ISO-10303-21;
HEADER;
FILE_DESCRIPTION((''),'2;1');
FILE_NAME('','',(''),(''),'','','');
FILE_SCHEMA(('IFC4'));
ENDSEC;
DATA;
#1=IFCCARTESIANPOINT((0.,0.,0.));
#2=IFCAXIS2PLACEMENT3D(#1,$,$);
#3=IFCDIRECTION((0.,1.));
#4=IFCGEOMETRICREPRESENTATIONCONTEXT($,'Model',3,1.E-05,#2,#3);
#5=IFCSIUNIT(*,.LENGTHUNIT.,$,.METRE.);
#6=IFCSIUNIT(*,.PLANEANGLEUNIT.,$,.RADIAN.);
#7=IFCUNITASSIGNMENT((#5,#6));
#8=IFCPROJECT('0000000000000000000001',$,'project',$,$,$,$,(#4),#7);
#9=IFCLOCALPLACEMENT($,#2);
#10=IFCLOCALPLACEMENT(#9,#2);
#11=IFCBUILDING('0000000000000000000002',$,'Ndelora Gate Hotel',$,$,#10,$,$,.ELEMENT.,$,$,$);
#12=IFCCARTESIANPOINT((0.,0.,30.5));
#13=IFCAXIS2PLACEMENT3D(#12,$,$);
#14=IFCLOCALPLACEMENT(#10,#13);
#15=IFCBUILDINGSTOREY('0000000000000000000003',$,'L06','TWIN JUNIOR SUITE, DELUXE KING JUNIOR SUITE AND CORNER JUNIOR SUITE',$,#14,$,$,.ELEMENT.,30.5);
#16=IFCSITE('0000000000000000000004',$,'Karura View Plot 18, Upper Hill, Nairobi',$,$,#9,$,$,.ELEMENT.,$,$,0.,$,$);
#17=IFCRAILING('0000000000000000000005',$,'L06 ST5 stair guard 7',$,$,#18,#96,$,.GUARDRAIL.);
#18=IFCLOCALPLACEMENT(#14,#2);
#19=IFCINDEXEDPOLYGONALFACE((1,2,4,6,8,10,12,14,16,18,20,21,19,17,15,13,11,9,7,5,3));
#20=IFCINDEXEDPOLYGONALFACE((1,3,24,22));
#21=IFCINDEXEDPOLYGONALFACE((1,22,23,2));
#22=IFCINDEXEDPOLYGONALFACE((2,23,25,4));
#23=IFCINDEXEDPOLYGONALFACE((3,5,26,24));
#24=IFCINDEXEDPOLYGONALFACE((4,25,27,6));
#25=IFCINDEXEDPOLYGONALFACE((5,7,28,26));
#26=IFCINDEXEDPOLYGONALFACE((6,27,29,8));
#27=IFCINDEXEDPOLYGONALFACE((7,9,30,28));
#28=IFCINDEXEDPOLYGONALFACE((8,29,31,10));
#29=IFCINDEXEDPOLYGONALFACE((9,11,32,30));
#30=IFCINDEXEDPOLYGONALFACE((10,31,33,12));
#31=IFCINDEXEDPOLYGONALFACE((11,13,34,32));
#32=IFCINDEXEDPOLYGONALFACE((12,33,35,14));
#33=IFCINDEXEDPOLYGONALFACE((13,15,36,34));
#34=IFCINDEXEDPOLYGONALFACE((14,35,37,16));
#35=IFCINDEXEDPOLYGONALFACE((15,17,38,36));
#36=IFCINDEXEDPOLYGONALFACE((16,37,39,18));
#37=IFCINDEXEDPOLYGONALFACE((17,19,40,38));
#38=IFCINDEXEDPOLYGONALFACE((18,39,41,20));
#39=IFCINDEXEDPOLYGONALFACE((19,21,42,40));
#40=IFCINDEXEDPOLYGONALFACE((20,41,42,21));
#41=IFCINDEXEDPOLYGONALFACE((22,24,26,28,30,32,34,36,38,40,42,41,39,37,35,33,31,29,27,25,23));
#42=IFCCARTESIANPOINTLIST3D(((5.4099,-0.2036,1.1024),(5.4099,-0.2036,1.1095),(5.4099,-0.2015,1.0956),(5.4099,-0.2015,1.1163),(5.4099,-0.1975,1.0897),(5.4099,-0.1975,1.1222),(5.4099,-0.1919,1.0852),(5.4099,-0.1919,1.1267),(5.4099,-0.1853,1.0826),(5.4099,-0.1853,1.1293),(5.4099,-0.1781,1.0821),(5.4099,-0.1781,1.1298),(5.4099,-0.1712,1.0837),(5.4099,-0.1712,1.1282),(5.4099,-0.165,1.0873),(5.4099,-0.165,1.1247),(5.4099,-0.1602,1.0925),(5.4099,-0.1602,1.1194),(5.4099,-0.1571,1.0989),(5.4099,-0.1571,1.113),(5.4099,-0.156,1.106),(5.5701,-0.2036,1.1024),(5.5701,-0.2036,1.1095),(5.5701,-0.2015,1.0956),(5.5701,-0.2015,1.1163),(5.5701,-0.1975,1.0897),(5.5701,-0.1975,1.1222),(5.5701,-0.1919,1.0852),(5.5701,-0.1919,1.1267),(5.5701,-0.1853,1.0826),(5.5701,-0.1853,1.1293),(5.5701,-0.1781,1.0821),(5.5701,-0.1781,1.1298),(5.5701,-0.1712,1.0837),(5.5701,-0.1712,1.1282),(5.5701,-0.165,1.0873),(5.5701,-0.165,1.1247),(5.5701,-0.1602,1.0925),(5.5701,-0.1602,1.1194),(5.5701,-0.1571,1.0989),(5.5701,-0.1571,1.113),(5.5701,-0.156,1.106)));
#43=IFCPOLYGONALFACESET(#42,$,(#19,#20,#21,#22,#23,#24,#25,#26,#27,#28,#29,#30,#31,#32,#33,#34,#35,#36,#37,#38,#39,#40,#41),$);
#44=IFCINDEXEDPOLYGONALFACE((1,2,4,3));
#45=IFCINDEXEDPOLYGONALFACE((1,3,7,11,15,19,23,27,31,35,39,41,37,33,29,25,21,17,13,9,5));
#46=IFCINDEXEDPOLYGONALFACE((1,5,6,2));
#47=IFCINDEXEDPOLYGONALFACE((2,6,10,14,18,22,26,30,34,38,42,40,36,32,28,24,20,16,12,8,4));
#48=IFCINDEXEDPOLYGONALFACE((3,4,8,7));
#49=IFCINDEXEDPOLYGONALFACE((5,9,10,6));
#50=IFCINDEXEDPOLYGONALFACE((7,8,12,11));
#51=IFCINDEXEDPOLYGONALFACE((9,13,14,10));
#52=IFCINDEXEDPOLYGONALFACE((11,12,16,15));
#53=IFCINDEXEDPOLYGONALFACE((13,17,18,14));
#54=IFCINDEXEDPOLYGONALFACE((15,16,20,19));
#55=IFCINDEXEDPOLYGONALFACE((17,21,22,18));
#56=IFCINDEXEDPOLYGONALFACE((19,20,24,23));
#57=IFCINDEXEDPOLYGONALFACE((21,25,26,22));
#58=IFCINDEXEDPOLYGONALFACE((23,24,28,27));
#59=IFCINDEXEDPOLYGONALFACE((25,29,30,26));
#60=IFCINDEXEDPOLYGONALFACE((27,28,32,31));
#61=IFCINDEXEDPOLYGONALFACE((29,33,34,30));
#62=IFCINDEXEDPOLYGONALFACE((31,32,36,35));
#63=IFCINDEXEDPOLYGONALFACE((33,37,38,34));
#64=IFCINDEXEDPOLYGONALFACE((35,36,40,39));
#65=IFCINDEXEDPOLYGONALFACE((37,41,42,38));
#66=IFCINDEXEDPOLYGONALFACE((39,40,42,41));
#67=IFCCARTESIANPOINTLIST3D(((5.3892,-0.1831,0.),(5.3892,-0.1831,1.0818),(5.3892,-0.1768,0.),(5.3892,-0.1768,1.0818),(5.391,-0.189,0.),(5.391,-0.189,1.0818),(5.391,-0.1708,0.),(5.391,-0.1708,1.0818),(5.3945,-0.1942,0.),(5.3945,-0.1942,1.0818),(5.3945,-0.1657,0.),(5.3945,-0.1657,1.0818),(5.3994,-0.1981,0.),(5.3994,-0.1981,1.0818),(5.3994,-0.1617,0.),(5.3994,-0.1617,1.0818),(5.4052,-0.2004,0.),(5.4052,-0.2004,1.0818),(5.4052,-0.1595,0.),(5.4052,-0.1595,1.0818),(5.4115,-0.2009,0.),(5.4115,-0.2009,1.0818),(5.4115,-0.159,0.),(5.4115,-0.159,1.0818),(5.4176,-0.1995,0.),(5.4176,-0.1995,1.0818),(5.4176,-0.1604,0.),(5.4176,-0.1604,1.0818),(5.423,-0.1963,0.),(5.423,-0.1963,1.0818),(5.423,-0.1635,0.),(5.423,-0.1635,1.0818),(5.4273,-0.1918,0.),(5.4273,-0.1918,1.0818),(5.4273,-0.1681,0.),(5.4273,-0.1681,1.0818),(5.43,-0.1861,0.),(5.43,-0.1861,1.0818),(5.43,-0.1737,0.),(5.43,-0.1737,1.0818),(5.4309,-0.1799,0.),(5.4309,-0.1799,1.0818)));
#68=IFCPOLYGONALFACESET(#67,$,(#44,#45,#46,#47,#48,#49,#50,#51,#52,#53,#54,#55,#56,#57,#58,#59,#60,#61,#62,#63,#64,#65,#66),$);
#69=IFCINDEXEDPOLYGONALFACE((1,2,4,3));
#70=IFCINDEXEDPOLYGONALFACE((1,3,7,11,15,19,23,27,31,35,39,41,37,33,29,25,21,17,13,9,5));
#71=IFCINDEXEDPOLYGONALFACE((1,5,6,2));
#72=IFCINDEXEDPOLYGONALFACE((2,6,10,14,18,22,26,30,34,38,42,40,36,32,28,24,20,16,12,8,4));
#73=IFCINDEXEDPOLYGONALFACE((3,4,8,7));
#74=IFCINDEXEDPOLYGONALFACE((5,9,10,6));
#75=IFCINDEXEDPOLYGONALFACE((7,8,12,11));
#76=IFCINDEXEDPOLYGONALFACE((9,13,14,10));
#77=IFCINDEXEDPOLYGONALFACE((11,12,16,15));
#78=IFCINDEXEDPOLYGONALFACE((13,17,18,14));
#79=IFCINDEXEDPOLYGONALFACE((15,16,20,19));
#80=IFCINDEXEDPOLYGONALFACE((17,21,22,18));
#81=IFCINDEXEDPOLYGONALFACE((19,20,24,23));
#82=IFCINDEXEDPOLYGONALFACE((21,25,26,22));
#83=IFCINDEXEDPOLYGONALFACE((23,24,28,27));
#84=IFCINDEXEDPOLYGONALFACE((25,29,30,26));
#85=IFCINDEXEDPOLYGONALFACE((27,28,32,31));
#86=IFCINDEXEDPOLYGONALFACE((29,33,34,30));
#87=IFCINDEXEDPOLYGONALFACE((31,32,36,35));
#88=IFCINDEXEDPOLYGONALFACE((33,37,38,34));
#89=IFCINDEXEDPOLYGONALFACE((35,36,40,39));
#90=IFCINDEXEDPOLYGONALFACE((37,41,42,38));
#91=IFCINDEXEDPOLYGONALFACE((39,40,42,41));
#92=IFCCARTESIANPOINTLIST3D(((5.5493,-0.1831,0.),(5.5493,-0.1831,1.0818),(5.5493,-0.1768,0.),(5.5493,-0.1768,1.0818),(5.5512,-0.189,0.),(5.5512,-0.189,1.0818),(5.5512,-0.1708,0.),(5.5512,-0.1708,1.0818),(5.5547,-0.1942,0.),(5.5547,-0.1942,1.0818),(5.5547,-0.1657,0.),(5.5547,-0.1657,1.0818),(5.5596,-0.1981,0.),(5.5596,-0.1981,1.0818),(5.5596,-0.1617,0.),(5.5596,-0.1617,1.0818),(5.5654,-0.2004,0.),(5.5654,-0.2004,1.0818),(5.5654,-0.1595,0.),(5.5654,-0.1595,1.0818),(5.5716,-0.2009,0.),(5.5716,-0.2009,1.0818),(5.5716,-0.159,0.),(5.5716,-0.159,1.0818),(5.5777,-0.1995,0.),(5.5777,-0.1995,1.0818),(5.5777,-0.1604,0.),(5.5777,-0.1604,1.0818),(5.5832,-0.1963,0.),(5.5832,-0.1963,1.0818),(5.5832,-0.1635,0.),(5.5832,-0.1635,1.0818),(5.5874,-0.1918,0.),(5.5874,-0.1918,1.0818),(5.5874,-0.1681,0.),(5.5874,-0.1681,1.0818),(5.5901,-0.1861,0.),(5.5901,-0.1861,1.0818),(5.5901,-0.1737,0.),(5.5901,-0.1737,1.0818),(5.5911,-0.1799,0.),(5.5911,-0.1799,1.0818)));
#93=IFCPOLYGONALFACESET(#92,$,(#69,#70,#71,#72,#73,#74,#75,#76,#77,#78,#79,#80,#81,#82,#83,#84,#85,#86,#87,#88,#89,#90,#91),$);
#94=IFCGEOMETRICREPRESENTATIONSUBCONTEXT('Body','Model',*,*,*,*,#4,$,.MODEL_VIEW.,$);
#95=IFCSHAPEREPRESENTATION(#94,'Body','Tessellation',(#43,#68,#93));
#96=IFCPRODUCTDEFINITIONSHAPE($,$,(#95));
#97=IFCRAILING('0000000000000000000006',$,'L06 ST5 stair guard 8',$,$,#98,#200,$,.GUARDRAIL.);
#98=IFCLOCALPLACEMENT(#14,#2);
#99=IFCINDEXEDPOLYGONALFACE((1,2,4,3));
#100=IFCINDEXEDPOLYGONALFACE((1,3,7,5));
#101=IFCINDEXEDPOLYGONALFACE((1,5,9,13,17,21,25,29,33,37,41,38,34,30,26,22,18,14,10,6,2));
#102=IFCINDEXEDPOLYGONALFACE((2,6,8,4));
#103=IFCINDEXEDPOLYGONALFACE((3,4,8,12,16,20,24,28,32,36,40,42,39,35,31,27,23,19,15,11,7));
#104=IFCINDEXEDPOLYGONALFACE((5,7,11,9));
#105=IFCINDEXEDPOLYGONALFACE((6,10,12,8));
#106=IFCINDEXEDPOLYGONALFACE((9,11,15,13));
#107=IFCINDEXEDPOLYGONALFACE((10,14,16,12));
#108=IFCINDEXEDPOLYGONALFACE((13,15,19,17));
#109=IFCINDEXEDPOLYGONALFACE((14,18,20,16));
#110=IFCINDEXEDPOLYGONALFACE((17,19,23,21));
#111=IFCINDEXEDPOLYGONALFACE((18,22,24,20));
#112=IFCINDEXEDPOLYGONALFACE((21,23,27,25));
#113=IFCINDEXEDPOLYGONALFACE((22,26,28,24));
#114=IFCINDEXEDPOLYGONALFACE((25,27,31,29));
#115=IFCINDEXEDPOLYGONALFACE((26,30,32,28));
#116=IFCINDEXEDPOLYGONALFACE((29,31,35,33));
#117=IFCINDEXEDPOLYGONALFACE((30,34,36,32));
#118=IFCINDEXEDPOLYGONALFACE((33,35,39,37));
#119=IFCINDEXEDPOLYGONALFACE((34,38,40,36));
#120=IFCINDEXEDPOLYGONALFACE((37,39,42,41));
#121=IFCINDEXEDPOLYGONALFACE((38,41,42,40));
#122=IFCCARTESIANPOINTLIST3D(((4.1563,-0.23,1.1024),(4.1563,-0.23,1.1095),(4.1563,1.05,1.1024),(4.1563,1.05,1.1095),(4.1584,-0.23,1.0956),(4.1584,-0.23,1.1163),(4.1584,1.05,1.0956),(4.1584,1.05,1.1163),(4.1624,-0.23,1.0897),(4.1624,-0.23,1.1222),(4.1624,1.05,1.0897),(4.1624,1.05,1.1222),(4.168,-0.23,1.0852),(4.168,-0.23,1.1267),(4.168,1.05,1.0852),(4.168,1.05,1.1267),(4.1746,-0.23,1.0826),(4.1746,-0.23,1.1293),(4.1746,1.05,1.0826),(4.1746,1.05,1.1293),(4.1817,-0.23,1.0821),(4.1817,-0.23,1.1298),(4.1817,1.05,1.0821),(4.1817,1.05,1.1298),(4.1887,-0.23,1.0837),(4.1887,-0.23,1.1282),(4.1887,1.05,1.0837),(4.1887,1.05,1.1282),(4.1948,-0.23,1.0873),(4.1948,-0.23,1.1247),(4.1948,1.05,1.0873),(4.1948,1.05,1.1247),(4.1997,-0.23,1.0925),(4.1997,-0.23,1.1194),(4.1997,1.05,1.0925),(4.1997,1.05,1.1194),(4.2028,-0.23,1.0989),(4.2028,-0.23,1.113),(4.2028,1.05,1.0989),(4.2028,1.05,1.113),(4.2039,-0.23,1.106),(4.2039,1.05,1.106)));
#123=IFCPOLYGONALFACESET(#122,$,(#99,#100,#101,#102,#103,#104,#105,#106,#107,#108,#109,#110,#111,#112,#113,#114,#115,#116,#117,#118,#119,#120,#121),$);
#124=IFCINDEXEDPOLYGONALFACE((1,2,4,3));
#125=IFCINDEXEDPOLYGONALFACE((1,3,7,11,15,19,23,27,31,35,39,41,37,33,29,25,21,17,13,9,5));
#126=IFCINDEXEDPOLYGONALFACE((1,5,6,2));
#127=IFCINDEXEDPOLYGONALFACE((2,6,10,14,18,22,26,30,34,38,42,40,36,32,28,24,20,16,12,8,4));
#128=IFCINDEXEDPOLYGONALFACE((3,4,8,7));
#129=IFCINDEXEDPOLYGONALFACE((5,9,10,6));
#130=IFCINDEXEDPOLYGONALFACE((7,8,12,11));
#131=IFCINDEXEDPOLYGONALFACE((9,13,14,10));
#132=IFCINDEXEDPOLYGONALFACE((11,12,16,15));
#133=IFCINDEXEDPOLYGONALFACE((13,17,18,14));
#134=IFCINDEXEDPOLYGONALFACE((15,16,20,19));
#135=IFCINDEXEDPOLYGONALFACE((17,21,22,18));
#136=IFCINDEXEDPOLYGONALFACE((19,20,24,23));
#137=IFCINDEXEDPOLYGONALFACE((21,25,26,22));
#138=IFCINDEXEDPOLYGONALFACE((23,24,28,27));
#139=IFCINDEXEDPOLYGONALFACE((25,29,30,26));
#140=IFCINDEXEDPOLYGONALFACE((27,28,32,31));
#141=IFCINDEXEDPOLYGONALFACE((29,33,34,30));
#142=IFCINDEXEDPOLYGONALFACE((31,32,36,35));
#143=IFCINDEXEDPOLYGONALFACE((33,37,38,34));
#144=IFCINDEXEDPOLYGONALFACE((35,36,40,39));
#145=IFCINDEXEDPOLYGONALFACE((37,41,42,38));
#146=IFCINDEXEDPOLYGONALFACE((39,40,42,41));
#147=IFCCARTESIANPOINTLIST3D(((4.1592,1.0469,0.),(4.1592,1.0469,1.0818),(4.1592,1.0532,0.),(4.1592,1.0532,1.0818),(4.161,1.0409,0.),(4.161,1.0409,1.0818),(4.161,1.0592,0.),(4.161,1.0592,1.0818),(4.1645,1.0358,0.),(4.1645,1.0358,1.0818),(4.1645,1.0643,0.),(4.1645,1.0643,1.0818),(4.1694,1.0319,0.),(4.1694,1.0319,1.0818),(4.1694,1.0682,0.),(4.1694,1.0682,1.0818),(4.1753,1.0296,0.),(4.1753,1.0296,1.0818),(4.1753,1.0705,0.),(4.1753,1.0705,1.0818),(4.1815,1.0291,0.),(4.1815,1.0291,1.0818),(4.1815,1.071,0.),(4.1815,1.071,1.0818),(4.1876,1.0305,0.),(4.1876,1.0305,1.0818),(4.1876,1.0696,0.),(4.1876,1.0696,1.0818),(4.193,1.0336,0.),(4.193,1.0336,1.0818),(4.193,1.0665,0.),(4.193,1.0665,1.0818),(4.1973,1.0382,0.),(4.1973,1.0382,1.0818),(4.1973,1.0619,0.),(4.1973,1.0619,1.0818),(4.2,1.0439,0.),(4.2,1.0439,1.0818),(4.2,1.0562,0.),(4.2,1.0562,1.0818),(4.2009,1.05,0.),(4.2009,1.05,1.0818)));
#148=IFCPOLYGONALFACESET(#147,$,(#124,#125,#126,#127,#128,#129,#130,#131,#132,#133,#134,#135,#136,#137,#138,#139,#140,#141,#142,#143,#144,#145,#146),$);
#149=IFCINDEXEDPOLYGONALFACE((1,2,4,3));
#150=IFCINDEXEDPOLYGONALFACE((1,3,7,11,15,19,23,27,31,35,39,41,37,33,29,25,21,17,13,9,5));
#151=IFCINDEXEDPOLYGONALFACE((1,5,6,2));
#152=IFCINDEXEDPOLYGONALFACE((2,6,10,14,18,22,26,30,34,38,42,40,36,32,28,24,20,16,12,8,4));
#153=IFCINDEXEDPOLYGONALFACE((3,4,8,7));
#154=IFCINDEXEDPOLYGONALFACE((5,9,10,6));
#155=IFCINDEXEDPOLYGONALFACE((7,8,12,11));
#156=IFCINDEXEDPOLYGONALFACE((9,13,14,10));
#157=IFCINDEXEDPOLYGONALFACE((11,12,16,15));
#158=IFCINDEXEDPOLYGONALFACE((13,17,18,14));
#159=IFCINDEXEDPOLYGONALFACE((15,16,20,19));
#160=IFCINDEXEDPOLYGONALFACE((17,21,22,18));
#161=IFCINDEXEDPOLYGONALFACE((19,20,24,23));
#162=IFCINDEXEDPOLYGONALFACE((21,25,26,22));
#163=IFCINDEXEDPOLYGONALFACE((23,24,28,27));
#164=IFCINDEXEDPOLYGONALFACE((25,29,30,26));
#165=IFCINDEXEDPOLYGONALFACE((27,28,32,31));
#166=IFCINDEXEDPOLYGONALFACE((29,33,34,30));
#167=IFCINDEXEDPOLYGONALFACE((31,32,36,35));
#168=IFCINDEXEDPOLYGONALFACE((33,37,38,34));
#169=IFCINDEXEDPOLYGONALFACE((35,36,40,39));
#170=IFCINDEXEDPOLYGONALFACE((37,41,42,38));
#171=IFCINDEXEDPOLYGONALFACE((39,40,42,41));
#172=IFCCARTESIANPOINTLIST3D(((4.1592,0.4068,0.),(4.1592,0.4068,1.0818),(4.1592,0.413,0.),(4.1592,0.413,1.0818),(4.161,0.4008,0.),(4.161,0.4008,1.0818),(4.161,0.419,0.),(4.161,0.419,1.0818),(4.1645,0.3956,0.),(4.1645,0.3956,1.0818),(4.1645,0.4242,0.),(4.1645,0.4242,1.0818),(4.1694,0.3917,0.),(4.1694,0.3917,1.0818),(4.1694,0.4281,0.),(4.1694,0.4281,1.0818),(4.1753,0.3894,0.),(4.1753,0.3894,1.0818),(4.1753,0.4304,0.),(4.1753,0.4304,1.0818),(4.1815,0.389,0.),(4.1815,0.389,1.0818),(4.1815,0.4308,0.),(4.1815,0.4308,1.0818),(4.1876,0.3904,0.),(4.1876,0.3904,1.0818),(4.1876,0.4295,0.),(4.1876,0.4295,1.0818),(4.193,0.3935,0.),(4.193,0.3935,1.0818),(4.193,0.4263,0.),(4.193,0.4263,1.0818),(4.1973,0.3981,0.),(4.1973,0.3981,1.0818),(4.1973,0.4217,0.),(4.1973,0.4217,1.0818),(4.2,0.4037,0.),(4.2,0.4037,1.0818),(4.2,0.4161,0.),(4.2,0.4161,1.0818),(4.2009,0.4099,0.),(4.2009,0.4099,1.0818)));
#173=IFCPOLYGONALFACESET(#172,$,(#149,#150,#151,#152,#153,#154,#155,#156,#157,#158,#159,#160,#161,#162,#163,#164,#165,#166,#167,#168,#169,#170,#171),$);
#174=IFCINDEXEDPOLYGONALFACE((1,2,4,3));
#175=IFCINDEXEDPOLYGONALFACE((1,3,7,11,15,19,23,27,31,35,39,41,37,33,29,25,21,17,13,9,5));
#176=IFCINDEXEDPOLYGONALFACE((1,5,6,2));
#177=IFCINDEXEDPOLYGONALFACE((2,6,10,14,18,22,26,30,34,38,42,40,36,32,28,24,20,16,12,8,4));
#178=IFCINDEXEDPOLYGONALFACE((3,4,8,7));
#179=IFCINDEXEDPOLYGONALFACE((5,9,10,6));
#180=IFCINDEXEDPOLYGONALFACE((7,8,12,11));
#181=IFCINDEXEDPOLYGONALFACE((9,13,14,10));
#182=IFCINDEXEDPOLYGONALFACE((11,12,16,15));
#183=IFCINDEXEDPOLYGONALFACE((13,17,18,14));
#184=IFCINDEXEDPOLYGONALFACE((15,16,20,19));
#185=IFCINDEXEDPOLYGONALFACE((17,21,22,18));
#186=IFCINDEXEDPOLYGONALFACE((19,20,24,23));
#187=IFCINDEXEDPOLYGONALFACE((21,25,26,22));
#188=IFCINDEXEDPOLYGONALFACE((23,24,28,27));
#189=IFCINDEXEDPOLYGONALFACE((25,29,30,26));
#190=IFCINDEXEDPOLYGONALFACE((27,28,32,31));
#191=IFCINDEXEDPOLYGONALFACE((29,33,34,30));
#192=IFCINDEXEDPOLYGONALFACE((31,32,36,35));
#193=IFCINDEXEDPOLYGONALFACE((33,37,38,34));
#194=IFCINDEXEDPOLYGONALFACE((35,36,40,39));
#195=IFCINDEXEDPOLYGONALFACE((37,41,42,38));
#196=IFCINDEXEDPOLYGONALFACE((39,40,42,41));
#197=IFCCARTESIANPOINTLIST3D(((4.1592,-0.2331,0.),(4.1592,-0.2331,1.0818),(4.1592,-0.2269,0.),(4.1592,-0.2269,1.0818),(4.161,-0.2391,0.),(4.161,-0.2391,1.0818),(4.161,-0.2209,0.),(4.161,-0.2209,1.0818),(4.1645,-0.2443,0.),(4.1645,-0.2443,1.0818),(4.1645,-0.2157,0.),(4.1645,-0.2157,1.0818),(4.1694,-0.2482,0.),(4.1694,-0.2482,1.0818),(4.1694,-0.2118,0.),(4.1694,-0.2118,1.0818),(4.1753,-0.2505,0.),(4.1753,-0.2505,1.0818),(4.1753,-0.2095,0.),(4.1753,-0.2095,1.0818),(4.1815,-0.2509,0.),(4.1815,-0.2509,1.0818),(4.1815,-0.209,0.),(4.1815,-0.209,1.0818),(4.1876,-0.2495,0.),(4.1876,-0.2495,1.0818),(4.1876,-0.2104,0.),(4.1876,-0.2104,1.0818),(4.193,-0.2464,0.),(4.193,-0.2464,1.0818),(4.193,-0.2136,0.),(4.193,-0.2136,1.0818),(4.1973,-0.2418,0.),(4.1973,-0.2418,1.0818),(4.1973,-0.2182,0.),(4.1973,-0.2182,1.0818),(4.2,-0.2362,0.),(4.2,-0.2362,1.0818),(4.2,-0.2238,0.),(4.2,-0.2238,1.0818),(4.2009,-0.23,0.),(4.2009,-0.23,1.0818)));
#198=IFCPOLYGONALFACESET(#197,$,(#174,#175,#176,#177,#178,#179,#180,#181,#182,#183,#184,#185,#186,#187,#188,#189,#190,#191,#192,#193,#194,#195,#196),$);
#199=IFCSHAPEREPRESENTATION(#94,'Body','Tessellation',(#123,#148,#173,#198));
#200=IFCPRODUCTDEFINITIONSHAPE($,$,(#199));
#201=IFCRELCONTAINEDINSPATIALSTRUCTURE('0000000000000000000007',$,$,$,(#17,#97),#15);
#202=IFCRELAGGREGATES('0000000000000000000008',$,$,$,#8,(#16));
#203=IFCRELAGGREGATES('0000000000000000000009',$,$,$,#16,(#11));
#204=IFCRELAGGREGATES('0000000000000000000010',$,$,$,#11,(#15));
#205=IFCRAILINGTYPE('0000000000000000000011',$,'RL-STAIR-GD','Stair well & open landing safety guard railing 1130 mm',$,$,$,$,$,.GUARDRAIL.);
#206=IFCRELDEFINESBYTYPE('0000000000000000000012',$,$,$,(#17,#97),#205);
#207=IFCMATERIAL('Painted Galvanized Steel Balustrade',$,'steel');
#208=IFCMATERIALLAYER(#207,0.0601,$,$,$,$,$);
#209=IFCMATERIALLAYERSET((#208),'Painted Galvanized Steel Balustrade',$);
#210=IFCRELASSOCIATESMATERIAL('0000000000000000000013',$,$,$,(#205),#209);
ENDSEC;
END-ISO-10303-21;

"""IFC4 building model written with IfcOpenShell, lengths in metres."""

from ifc_helpers import new_model, si_unit, direction, frame, origin, origin_2d, place, context, subcontext, project, spatial, circle, extrude, material, layer, layer_set, type_object, element, save


model = new_model("IFC4")

# Units and contexts
model_context = context("Model", 3, precision=1e-05, world=origin(), true_north=direction((0.0, 1.0)))
body_context = subcontext(model_context, "Body", "Model", "MODEL_VIEW")
ifc_project = project(units=[si_unit("LENGTHUNIT", "METRE"), si_unit("PLANEANGLEUNIT", "RADIAN")], contexts=[model_context])

# Site, building, storey
site_placement = place(None, origin())
site = spatial("IfcSite", under=ifc_project, at=site_placement, Name="Karura View Plot 18, Upper Hill, Nairobi", CompositionType="ELEMENT", RefElevation=0.0)
building_placement = place(site_placement, origin())
building = spatial("IfcBuilding", under=site, at=building_placement, Name="Ndelora Gate Hotel", CompositionType="ELEMENT")
storey_placement = place(building_placement, frame((0.0, 0.0, 30.5)))
storey = spatial("IfcBuildingStorey", under=building, at=storey_placement, Name="L06", Description="TWIN JUNIOR SUITE, DELUXE KING JUNIOR SUITE AND CORNER JUNIOR SUITE", CompositionType="ELEMENT", Elevation=30.5)

# Railings
ifc_material_1 = material(Name="Painted Galvanized Steel Balustrade", Category="steel")
ifc_layer_1 = layer(ifc_material_1, 0.0601)
ifc_layer_set_1 = layer_set([ifc_layer_1], Name="Painted Galvanized Steel Balustrade")
railing_type_1 = type_object("IfcRailingType", Name="RL-STAIR-GD", Description="Stair well & open landing safety guard railing 1130 mm", PredefinedType="GUARDRAIL", material=ifc_layer_set_1)
railing_1_placement = place(storey_placement, frame((5.4099, -0.1799, 0.0)))
element("IfcRailing", 1, at=railing_1_placement, inside=storey, type_object=railing_type_1, Name="L06 ST5 stair guard 7", PredefinedType="GUARDRAIL", context=body_context, shape_type="SweptSolid", body=[
    extrude(circle(Radius=0.0239, at=origin_2d()), frame((0.0, 0.0, 1.106), z_axis=(1.0, 0.0, 0.0), x_axis=(0.0, 1.0, 0.0)), (0.0, 0.0, 1.0), 0.1602),
    extrude(circle(Radius=0.021, at=origin_2d()), origin(), (0.0, 0.0, 1.0), 1.0818),
    extrude(circle(Radius=0.021, at=origin_2d()), frame((0.1602, 0.0, 0.0)), (0.0, 0.0, 1.0), 1.0818),
])
railing_2_placement = place(storey_placement, frame((4.1799, 1.05, 0.0)))
element("IfcRailing", 2, at=railing_2_placement, inside=storey, type_object=railing_type_1, Name="L06 ST5 stair guard 8", PredefinedType="GUARDRAIL", context=body_context, shape_type="SweptSolid", body=[
    extrude(circle(Radius=0.0239, at=origin_2d()), frame((0.0, 0.0, 1.106), z_axis=(0.0, -1.0, 0.0), x_axis=(1.0, 0.0, 0.0)), (0.0, 0.0, 1.0), 1.28),
    extrude(circle(Radius=0.021, at=origin_2d()), origin(), (0.0, 0.0, 1.0), 1.0818),
    extrude(circle(Radius=0.021, at=origin_2d()), frame((0.0, -0.6401, 0.0)), (0.0, 0.0, 1.0), 1.0818),
    extrude(circle(Radius=0.021, at=origin_2d()), frame((0.0, -1.28, 0.0)), (0.0, 0.0, 1.0), 1.0818),
])

save(model, "model.ifc")
